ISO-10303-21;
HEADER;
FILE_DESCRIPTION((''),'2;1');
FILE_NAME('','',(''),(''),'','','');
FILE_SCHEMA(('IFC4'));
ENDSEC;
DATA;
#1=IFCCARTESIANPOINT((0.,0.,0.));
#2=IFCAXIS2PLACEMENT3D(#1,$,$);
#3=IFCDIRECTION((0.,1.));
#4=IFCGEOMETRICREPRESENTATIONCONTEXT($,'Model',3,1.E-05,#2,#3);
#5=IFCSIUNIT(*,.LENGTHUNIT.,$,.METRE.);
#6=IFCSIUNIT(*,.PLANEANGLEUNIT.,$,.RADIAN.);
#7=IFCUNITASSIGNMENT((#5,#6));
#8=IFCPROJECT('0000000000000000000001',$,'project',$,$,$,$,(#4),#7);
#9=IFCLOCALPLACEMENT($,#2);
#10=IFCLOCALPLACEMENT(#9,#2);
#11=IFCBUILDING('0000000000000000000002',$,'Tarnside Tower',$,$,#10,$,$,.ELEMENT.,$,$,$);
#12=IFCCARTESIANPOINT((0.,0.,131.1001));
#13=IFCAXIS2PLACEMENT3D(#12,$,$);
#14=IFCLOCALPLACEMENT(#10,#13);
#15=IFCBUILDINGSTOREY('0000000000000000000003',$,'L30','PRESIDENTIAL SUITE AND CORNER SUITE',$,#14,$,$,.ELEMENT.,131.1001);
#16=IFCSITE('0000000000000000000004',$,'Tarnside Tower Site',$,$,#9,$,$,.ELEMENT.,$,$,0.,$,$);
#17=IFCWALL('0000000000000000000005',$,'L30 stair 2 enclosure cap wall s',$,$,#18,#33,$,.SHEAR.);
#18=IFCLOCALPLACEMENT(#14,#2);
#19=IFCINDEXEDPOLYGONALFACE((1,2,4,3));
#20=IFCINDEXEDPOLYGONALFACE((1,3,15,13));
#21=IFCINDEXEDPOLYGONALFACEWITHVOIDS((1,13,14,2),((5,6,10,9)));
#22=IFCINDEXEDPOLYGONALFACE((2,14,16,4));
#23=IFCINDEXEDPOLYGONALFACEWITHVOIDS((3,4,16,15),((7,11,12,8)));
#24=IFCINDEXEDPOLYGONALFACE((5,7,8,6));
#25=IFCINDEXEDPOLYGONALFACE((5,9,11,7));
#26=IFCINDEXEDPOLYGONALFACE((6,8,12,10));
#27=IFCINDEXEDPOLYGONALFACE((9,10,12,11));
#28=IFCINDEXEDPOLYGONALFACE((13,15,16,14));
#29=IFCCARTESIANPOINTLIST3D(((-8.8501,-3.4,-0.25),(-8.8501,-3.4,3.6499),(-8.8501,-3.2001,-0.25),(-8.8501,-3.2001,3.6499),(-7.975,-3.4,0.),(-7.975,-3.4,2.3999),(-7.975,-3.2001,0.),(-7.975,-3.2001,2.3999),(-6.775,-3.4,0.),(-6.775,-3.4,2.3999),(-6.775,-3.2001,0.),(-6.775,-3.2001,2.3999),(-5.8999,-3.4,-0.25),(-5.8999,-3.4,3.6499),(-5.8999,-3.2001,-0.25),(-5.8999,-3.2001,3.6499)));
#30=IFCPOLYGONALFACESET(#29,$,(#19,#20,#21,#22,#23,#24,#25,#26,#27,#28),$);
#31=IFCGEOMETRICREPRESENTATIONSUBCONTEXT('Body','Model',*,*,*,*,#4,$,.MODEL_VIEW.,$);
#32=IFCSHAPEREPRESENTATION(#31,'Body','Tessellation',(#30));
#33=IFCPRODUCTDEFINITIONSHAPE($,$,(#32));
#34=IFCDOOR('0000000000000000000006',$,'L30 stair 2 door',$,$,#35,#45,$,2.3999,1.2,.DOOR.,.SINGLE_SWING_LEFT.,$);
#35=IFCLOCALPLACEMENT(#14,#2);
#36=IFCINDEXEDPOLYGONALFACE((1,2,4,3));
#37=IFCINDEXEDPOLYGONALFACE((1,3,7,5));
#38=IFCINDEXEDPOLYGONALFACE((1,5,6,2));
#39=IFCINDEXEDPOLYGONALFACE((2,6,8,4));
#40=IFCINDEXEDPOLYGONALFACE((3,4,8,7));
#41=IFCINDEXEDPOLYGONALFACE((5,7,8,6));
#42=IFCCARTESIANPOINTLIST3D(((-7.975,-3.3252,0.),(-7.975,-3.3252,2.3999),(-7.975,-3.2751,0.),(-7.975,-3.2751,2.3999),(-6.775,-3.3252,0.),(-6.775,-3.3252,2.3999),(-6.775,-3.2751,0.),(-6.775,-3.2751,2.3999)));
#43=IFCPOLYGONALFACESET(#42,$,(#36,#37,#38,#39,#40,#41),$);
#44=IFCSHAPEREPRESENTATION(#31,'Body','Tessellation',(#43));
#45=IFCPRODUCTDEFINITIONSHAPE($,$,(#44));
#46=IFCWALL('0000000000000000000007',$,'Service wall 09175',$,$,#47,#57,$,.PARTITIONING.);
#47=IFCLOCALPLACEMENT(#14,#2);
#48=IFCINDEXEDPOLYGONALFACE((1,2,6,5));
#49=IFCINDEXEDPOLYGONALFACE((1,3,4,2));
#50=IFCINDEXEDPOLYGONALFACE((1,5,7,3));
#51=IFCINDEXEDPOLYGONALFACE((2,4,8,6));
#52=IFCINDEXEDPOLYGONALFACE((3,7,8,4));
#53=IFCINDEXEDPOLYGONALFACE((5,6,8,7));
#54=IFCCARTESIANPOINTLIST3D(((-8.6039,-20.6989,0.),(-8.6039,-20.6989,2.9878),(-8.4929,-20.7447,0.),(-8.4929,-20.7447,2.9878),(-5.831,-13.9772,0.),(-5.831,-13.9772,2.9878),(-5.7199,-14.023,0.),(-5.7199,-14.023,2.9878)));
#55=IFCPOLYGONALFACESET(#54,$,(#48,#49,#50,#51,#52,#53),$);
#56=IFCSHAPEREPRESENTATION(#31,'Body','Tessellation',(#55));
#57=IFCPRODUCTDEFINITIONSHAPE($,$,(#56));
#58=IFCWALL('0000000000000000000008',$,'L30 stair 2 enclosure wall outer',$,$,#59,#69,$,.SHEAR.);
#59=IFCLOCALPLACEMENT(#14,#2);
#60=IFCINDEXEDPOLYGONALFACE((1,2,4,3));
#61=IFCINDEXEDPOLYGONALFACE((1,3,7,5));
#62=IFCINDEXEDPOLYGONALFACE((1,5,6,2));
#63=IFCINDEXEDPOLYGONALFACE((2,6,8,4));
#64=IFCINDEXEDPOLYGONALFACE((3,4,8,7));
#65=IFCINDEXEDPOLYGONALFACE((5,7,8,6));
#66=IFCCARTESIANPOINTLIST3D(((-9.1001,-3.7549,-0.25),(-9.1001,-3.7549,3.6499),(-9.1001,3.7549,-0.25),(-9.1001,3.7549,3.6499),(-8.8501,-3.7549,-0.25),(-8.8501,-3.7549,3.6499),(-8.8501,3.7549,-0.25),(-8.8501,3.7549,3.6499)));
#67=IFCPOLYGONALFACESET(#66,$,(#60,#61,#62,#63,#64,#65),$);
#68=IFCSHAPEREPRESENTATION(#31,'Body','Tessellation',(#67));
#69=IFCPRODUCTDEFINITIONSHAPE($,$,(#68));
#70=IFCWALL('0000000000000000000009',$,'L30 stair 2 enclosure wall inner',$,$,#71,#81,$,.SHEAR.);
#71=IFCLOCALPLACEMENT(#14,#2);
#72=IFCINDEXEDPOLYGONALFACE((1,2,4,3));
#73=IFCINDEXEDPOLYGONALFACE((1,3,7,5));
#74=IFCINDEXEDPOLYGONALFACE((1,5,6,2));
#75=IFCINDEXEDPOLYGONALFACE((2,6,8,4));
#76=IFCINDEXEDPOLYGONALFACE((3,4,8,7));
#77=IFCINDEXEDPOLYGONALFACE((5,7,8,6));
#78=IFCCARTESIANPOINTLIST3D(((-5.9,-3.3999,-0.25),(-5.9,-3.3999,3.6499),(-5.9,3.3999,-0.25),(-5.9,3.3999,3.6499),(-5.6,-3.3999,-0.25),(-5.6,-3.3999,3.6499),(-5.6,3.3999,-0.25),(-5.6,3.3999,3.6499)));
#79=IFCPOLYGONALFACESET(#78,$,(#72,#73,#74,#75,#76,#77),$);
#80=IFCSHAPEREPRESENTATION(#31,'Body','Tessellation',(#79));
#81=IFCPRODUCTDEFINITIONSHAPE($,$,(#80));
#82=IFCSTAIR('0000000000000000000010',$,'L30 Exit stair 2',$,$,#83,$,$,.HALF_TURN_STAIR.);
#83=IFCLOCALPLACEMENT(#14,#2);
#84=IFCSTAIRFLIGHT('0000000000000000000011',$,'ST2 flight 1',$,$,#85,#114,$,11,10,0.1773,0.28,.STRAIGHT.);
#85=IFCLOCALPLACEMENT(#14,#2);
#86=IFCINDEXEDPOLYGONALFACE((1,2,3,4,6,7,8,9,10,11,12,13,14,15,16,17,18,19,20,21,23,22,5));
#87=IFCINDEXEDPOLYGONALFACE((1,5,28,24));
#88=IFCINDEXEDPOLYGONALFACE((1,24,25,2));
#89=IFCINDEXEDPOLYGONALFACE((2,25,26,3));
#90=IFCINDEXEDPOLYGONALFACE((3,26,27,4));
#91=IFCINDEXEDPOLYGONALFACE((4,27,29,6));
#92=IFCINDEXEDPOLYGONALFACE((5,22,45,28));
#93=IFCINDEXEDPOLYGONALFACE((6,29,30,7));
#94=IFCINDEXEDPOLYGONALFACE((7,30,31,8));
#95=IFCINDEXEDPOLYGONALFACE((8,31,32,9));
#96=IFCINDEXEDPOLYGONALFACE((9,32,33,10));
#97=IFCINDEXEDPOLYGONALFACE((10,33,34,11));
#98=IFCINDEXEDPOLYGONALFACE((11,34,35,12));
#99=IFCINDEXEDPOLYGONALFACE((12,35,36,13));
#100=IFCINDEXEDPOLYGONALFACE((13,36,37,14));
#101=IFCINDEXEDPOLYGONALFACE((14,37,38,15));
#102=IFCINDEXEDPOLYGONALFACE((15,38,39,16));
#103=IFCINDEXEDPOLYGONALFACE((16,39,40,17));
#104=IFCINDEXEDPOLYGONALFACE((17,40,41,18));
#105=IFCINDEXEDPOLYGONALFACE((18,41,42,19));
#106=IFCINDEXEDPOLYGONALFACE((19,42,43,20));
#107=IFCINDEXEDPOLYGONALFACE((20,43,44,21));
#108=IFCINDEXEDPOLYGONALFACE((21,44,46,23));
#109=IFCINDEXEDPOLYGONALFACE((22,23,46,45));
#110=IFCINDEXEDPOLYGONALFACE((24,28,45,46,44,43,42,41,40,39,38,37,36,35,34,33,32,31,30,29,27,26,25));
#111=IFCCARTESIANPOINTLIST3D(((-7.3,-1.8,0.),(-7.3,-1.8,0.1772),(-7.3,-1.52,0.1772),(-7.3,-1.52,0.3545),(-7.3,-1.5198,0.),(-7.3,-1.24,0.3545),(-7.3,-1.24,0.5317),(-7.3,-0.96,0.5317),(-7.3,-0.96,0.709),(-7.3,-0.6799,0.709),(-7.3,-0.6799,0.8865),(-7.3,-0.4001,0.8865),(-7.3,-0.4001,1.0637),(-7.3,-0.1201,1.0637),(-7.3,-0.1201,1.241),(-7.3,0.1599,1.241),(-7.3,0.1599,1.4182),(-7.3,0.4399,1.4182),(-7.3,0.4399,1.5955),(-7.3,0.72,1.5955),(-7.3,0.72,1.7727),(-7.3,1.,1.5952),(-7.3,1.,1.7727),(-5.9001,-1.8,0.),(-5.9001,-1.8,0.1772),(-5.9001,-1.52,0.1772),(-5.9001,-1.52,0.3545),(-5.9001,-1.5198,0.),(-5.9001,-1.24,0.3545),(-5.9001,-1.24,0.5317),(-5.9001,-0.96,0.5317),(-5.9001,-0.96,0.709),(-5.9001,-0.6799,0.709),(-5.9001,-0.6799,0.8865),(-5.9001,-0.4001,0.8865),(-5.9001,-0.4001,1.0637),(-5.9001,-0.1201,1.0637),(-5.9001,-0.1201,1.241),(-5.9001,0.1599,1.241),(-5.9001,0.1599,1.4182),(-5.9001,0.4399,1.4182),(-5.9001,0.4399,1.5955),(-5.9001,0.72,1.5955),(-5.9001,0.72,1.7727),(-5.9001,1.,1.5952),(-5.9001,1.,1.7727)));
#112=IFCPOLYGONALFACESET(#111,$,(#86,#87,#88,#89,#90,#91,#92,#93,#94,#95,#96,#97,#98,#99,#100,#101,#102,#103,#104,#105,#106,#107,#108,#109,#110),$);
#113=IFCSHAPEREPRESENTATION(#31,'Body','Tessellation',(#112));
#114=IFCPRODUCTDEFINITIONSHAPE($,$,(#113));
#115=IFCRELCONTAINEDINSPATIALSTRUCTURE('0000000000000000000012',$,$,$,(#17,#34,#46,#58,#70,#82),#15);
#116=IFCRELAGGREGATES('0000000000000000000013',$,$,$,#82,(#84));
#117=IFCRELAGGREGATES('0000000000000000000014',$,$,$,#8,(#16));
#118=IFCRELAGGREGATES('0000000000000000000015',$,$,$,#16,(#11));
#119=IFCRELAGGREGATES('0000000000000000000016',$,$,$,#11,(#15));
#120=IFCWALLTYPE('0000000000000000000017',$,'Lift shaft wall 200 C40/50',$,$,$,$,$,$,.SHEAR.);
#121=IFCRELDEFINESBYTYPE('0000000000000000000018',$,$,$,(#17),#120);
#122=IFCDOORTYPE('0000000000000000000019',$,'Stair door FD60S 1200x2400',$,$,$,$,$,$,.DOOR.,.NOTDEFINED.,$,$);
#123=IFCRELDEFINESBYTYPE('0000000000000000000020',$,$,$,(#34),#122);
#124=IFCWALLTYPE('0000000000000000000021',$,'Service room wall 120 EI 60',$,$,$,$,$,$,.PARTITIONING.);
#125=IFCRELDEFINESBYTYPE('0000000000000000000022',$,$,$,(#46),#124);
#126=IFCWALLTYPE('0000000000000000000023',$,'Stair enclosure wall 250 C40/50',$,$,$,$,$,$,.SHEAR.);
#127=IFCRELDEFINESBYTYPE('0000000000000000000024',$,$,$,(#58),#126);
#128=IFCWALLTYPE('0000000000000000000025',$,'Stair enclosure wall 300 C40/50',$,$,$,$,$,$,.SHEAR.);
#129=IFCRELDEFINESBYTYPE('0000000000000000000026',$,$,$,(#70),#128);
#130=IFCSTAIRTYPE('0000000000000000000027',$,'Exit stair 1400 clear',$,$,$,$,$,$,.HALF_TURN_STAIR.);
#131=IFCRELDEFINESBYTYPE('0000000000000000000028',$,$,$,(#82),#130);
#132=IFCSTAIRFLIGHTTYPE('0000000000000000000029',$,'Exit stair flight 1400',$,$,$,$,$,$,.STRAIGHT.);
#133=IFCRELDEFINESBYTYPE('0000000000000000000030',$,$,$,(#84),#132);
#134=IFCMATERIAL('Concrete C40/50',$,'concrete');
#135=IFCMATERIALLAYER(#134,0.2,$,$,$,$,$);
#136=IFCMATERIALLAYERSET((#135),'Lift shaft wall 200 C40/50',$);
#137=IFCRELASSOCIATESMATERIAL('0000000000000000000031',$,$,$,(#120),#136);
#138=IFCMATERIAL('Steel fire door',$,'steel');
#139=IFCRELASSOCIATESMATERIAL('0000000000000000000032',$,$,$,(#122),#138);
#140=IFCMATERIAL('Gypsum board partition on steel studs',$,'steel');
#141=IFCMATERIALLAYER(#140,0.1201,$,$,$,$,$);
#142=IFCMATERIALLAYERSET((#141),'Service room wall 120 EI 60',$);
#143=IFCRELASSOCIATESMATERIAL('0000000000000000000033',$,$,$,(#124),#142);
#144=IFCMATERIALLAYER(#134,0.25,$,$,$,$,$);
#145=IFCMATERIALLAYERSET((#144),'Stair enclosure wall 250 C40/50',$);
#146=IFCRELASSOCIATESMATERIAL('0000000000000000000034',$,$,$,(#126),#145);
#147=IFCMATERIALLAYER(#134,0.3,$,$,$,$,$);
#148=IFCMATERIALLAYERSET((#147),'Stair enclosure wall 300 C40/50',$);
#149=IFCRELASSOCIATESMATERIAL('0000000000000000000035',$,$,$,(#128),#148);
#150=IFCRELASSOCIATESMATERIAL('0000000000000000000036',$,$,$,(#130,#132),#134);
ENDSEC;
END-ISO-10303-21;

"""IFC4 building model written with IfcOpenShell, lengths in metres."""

from ifc_helpers import new_model, si_unit, direction, frame, frame_2d, origin, place, context, subcontext, project, spatial, polyline, rectangle, outline, extrude, material, layer, layer_set, type_object, element, fill, aggregate, save


model = new_model("IFC4")

# Units and contexts
model_context = context("Model", 3, precision=1e-05, world=origin(), true_north=direction((0.0, 1.0)))
body_context = subcontext(model_context, "Body", "Model", "MODEL_VIEW")
ifc_project = project(units=[si_unit("LENGTHUNIT", "METRE"), si_unit("PLANEANGLEUNIT", "RADIAN")], contexts=[model_context])

# Site, building, storey
site_placement = place(None, origin())
site = spatial("IfcSite", under=ifc_project, at=site_placement, Name="Tarnside Tower Site", CompositionType="ELEMENT", RefElevation=0.0)
building_placement = place(site_placement, origin())
building = spatial("IfcBuilding", under=site, at=building_placement, Name="Tarnside Tower", CompositionType="ELEMENT")
storey_placement = place(building_placement, frame((0.0, 0.0, 131.1001)))
storey = spatial("IfcBuildingStorey", under=building, at=storey_placement, Name="L30", Description="PRESIDENTIAL SUITE AND CORNER SUITE", CompositionType="ELEMENT", Elevation=131.1001)

# Shared definitions
ifc_material_1 = material(Name="Steel fire door", Category="steel")

# Shared definitions
ifc_material_2 = material(Name="Gypsum board partition on steel studs", Category="steel")

# Shared definitions
ifc_material_3 = material(Name="Concrete C40/50", Category="concrete")
ifc_layer_1 = layer(ifc_material_3, 0.2)
ifc_layer_set_1 = layer_set([ifc_layer_1], Name="Lift shaft wall 200 C40/50")
wall_type_1 = type_object("IfcWallType", Name="Lift shaft wall 200 C40/50", PredefinedType="SHEAR", material=ifc_layer_set_1)

# Wall, opening, door
wall_1_placement = place(storey_placement, frame((-8.8501, -3.3, -0.25), z_axis=(0.0, 0.0, 1.0), x_axis=(1.0, 0.0, 0.0)))
wall_1 = element("IfcWall", 1, at=wall_1_placement, inside=storey, type_object=wall_type_1, Name="L30 stair 2 enclosure cap wall s", PredefinedType="SHEAR", context=body_context, shape_type="SweptSolid", body=[
    extrude(rectangle(XDim=2.9502, YDim=0.2, at=frame_2d((1.4751, 0.0))), origin(), (0.0, 0.0, 1.0), 3.8999),
])
opening_1_placement = place(wall_1_placement, frame((0.875, 0.0, 0.25)))
opening_1 = element("IfcOpeningElement", 2, at=opening_1_placement, cuts=wall_1, PredefinedType="OPENING", context=body_context, shape_type="SweptSolid", body=[
    extrude(rectangle(XDim=1.2, YDim=2.3999, at=frame_2d((0.6001, 1.2))), frame((0.0, 0.1099, 0.0), z_axis=(0.0, -1.0, 0.0), x_axis=(1.0, 0.0, 0.0)), (0.0, 0.0, 1.0), 0.22),
])
door_type_1 = type_object("IfcDoorType", Name="Stair door FD60S 1200x2400", OperationType="NOTDEFINED", PredefinedType="DOOR", material=ifc_material_1)
door_1_placement = place(opening_1_placement, origin())
door_1 = element("IfcDoor", 3, at=door_1_placement, inside=storey, type_object=door_type_1, Name="L30 stair 2 door", OperationType="SINGLE_SWING_LEFT", OverallHeight=2.3999, OverallWidth=1.2, PredefinedType="DOOR", context=body_context, shape_type="SweptSolid", body=[
    extrude(rectangle(XDim=1.2, YDim=2.3999, at=frame_2d((0.6001, 1.2))), frame((0.0, 0.0249, 0.0), z_axis=(0.0, -1.0, 0.0), x_axis=(1.0, 0.0, 0.0)), (0.0, 0.0, 1.0), 0.05),
])
fill(opening_1, door_1)

# Walls
ifc_layer_2 = layer(ifc_material_2, 0.1201)
ifc_layer_set_2 = layer_set([ifc_layer_2], Name="Service room wall 120 EI 60")
wall_type_2 = type_object("IfcWallType", Name="Service room wall 120 EI 60", PredefinedType="PARTITIONING", material=ifc_layer_set_2)
wall_2_placement = place(storey_placement, frame((-5.7754, -14.0, 0.0), z_axis=(0.0, 0.0, 1.0), x_axis=(-0.381361, -0.924426, 0.0)))
element("IfcWall", 4, at=wall_2_placement, inside=storey, type_object=wall_type_2, Name="Service wall 09175", PredefinedType="PARTITIONING", context=body_context, shape_type="SweptSolid", body=[
    extrude(rectangle(XDim=7.2712, YDim=0.1201, at=frame_2d((3.6357, 0.0))), origin(), (0.0, 0.0, 1.0), 2.9878),
])
ifc_layer_3 = layer(ifc_material_3, 0.25)
ifc_layer_set_3 = layer_set([ifc_layer_3], Name="Stair enclosure wall 250 C40/50")
wall_type_3 = type_object("IfcWallType", Name="Stair enclosure wall 250 C40/50", PredefinedType="SHEAR", material=ifc_layer_set_3)
wall_3_placement = place(storey_placement, frame((-8.9751, -3.7549, -0.25), z_axis=(0.0, 0.0, 1.0), x_axis=(0.0, 1.0, 0.0)))
element("IfcWall", 5, at=wall_3_placement, inside=storey, type_object=wall_type_3, Name="L30 stair 2 enclosure wall outer", PredefinedType="SHEAR", context=body_context, shape_type="SweptSolid", body=[
    extrude(rectangle(XDim=7.5098, YDim=0.25, at=frame_2d((3.7549, 0.0))), origin(), (0.0, 0.0, 1.0), 3.8999),
])
ifc_layer_4 = layer(ifc_material_3, 0.3)
ifc_layer_set_4 = layer_set([ifc_layer_4], Name="Stair enclosure wall 300 C40/50")
wall_type_4 = type_object("IfcWallType", Name="Stair enclosure wall 300 C40/50", PredefinedType="SHEAR", material=ifc_layer_set_4)
wall_4_placement = place(storey_placement, frame((-5.75, -3.3999, -0.25), z_axis=(0.0, 0.0, 1.0), x_axis=(0.0, 1.0, 0.0)))
element("IfcWall", 6, at=wall_4_placement, inside=storey, type_object=wall_type_4, Name="L30 stair 2 enclosure wall inner", PredefinedType="SHEAR", context=body_context, shape_type="SweptSolid", body=[
    extrude(rectangle(XDim=6.7998, YDim=0.3, at=frame_2d((3.3999, 0.0))), origin(), (0.0, 0.0, 1.0), 3.8999),
])

# Stair, stair flight
stair_type = type_object("IfcStairType", Name="Exit stair 1400 clear", PredefinedType="HALF_TURN_STAIR", material=ifc_material_3)
stair_placement = place(storey_placement, origin())
stair = element("IfcStair", 7, at=stair_placement, inside=storey, type_object=stair_type, Name="L30 Exit stair 2", PredefinedType="HALF_TURN_STAIR")
stair_flight_type = type_object("IfcStairFlightType", Name="Exit stair flight 1400", PredefinedType="STRAIGHT", material=ifc_material_3)
stair_flight_placement = place(storey_placement, frame((-6.6001, -1.8, 0.0), z_axis=(0.0, 0.0, 1.0), x_axis=(0.0, 1.0, 0.0)))
stair_flight = element("IfcStairFlight", 8, at=stair_flight_placement, type_object=stair_flight_type, Name="ST2 flight 1", NumberOfRisers=11, NumberOfTreads=10, PredefinedType="STRAIGHT", RiserHeight=0.1773, TreadLength=0.28, context=body_context, shape_type="SweptSolid", body=[
    extrude(outline(polyline([(0.0, 0.0), (0.0, 0.1772), (0.28, 0.1772), (0.28, 0.3545), (0.5601, 0.3545), (0.5601, 0.5317), (0.8401, 0.5317), (0.8401, 0.709), (1.1201, 0.709), (1.1201, 0.8865), (1.3999, 0.8865), (1.3999, 1.0637), (1.6799, 1.0637), (1.6799, 1.241), (1.96, 1.241), (1.96, 1.4182), (2.24, 1.4182), (2.24, 1.5955), (2.52, 1.5955), (2.52, 1.7727), (2.8, 1.7727), (2.8, 1.95), (2.8, 1.5952), (0.2803, 0.0), (0.0, 0.0)])), frame((0.0, 0.7, 0.0), z_axis=(0.0, -1.0, 0.0), x_axis=(1.0, 0.0, 0.0)), (0.0, 0.0, 1.0), 1.3999),
])
aggregate(stair, [stair_flight])

save(model, "model.ifc")
